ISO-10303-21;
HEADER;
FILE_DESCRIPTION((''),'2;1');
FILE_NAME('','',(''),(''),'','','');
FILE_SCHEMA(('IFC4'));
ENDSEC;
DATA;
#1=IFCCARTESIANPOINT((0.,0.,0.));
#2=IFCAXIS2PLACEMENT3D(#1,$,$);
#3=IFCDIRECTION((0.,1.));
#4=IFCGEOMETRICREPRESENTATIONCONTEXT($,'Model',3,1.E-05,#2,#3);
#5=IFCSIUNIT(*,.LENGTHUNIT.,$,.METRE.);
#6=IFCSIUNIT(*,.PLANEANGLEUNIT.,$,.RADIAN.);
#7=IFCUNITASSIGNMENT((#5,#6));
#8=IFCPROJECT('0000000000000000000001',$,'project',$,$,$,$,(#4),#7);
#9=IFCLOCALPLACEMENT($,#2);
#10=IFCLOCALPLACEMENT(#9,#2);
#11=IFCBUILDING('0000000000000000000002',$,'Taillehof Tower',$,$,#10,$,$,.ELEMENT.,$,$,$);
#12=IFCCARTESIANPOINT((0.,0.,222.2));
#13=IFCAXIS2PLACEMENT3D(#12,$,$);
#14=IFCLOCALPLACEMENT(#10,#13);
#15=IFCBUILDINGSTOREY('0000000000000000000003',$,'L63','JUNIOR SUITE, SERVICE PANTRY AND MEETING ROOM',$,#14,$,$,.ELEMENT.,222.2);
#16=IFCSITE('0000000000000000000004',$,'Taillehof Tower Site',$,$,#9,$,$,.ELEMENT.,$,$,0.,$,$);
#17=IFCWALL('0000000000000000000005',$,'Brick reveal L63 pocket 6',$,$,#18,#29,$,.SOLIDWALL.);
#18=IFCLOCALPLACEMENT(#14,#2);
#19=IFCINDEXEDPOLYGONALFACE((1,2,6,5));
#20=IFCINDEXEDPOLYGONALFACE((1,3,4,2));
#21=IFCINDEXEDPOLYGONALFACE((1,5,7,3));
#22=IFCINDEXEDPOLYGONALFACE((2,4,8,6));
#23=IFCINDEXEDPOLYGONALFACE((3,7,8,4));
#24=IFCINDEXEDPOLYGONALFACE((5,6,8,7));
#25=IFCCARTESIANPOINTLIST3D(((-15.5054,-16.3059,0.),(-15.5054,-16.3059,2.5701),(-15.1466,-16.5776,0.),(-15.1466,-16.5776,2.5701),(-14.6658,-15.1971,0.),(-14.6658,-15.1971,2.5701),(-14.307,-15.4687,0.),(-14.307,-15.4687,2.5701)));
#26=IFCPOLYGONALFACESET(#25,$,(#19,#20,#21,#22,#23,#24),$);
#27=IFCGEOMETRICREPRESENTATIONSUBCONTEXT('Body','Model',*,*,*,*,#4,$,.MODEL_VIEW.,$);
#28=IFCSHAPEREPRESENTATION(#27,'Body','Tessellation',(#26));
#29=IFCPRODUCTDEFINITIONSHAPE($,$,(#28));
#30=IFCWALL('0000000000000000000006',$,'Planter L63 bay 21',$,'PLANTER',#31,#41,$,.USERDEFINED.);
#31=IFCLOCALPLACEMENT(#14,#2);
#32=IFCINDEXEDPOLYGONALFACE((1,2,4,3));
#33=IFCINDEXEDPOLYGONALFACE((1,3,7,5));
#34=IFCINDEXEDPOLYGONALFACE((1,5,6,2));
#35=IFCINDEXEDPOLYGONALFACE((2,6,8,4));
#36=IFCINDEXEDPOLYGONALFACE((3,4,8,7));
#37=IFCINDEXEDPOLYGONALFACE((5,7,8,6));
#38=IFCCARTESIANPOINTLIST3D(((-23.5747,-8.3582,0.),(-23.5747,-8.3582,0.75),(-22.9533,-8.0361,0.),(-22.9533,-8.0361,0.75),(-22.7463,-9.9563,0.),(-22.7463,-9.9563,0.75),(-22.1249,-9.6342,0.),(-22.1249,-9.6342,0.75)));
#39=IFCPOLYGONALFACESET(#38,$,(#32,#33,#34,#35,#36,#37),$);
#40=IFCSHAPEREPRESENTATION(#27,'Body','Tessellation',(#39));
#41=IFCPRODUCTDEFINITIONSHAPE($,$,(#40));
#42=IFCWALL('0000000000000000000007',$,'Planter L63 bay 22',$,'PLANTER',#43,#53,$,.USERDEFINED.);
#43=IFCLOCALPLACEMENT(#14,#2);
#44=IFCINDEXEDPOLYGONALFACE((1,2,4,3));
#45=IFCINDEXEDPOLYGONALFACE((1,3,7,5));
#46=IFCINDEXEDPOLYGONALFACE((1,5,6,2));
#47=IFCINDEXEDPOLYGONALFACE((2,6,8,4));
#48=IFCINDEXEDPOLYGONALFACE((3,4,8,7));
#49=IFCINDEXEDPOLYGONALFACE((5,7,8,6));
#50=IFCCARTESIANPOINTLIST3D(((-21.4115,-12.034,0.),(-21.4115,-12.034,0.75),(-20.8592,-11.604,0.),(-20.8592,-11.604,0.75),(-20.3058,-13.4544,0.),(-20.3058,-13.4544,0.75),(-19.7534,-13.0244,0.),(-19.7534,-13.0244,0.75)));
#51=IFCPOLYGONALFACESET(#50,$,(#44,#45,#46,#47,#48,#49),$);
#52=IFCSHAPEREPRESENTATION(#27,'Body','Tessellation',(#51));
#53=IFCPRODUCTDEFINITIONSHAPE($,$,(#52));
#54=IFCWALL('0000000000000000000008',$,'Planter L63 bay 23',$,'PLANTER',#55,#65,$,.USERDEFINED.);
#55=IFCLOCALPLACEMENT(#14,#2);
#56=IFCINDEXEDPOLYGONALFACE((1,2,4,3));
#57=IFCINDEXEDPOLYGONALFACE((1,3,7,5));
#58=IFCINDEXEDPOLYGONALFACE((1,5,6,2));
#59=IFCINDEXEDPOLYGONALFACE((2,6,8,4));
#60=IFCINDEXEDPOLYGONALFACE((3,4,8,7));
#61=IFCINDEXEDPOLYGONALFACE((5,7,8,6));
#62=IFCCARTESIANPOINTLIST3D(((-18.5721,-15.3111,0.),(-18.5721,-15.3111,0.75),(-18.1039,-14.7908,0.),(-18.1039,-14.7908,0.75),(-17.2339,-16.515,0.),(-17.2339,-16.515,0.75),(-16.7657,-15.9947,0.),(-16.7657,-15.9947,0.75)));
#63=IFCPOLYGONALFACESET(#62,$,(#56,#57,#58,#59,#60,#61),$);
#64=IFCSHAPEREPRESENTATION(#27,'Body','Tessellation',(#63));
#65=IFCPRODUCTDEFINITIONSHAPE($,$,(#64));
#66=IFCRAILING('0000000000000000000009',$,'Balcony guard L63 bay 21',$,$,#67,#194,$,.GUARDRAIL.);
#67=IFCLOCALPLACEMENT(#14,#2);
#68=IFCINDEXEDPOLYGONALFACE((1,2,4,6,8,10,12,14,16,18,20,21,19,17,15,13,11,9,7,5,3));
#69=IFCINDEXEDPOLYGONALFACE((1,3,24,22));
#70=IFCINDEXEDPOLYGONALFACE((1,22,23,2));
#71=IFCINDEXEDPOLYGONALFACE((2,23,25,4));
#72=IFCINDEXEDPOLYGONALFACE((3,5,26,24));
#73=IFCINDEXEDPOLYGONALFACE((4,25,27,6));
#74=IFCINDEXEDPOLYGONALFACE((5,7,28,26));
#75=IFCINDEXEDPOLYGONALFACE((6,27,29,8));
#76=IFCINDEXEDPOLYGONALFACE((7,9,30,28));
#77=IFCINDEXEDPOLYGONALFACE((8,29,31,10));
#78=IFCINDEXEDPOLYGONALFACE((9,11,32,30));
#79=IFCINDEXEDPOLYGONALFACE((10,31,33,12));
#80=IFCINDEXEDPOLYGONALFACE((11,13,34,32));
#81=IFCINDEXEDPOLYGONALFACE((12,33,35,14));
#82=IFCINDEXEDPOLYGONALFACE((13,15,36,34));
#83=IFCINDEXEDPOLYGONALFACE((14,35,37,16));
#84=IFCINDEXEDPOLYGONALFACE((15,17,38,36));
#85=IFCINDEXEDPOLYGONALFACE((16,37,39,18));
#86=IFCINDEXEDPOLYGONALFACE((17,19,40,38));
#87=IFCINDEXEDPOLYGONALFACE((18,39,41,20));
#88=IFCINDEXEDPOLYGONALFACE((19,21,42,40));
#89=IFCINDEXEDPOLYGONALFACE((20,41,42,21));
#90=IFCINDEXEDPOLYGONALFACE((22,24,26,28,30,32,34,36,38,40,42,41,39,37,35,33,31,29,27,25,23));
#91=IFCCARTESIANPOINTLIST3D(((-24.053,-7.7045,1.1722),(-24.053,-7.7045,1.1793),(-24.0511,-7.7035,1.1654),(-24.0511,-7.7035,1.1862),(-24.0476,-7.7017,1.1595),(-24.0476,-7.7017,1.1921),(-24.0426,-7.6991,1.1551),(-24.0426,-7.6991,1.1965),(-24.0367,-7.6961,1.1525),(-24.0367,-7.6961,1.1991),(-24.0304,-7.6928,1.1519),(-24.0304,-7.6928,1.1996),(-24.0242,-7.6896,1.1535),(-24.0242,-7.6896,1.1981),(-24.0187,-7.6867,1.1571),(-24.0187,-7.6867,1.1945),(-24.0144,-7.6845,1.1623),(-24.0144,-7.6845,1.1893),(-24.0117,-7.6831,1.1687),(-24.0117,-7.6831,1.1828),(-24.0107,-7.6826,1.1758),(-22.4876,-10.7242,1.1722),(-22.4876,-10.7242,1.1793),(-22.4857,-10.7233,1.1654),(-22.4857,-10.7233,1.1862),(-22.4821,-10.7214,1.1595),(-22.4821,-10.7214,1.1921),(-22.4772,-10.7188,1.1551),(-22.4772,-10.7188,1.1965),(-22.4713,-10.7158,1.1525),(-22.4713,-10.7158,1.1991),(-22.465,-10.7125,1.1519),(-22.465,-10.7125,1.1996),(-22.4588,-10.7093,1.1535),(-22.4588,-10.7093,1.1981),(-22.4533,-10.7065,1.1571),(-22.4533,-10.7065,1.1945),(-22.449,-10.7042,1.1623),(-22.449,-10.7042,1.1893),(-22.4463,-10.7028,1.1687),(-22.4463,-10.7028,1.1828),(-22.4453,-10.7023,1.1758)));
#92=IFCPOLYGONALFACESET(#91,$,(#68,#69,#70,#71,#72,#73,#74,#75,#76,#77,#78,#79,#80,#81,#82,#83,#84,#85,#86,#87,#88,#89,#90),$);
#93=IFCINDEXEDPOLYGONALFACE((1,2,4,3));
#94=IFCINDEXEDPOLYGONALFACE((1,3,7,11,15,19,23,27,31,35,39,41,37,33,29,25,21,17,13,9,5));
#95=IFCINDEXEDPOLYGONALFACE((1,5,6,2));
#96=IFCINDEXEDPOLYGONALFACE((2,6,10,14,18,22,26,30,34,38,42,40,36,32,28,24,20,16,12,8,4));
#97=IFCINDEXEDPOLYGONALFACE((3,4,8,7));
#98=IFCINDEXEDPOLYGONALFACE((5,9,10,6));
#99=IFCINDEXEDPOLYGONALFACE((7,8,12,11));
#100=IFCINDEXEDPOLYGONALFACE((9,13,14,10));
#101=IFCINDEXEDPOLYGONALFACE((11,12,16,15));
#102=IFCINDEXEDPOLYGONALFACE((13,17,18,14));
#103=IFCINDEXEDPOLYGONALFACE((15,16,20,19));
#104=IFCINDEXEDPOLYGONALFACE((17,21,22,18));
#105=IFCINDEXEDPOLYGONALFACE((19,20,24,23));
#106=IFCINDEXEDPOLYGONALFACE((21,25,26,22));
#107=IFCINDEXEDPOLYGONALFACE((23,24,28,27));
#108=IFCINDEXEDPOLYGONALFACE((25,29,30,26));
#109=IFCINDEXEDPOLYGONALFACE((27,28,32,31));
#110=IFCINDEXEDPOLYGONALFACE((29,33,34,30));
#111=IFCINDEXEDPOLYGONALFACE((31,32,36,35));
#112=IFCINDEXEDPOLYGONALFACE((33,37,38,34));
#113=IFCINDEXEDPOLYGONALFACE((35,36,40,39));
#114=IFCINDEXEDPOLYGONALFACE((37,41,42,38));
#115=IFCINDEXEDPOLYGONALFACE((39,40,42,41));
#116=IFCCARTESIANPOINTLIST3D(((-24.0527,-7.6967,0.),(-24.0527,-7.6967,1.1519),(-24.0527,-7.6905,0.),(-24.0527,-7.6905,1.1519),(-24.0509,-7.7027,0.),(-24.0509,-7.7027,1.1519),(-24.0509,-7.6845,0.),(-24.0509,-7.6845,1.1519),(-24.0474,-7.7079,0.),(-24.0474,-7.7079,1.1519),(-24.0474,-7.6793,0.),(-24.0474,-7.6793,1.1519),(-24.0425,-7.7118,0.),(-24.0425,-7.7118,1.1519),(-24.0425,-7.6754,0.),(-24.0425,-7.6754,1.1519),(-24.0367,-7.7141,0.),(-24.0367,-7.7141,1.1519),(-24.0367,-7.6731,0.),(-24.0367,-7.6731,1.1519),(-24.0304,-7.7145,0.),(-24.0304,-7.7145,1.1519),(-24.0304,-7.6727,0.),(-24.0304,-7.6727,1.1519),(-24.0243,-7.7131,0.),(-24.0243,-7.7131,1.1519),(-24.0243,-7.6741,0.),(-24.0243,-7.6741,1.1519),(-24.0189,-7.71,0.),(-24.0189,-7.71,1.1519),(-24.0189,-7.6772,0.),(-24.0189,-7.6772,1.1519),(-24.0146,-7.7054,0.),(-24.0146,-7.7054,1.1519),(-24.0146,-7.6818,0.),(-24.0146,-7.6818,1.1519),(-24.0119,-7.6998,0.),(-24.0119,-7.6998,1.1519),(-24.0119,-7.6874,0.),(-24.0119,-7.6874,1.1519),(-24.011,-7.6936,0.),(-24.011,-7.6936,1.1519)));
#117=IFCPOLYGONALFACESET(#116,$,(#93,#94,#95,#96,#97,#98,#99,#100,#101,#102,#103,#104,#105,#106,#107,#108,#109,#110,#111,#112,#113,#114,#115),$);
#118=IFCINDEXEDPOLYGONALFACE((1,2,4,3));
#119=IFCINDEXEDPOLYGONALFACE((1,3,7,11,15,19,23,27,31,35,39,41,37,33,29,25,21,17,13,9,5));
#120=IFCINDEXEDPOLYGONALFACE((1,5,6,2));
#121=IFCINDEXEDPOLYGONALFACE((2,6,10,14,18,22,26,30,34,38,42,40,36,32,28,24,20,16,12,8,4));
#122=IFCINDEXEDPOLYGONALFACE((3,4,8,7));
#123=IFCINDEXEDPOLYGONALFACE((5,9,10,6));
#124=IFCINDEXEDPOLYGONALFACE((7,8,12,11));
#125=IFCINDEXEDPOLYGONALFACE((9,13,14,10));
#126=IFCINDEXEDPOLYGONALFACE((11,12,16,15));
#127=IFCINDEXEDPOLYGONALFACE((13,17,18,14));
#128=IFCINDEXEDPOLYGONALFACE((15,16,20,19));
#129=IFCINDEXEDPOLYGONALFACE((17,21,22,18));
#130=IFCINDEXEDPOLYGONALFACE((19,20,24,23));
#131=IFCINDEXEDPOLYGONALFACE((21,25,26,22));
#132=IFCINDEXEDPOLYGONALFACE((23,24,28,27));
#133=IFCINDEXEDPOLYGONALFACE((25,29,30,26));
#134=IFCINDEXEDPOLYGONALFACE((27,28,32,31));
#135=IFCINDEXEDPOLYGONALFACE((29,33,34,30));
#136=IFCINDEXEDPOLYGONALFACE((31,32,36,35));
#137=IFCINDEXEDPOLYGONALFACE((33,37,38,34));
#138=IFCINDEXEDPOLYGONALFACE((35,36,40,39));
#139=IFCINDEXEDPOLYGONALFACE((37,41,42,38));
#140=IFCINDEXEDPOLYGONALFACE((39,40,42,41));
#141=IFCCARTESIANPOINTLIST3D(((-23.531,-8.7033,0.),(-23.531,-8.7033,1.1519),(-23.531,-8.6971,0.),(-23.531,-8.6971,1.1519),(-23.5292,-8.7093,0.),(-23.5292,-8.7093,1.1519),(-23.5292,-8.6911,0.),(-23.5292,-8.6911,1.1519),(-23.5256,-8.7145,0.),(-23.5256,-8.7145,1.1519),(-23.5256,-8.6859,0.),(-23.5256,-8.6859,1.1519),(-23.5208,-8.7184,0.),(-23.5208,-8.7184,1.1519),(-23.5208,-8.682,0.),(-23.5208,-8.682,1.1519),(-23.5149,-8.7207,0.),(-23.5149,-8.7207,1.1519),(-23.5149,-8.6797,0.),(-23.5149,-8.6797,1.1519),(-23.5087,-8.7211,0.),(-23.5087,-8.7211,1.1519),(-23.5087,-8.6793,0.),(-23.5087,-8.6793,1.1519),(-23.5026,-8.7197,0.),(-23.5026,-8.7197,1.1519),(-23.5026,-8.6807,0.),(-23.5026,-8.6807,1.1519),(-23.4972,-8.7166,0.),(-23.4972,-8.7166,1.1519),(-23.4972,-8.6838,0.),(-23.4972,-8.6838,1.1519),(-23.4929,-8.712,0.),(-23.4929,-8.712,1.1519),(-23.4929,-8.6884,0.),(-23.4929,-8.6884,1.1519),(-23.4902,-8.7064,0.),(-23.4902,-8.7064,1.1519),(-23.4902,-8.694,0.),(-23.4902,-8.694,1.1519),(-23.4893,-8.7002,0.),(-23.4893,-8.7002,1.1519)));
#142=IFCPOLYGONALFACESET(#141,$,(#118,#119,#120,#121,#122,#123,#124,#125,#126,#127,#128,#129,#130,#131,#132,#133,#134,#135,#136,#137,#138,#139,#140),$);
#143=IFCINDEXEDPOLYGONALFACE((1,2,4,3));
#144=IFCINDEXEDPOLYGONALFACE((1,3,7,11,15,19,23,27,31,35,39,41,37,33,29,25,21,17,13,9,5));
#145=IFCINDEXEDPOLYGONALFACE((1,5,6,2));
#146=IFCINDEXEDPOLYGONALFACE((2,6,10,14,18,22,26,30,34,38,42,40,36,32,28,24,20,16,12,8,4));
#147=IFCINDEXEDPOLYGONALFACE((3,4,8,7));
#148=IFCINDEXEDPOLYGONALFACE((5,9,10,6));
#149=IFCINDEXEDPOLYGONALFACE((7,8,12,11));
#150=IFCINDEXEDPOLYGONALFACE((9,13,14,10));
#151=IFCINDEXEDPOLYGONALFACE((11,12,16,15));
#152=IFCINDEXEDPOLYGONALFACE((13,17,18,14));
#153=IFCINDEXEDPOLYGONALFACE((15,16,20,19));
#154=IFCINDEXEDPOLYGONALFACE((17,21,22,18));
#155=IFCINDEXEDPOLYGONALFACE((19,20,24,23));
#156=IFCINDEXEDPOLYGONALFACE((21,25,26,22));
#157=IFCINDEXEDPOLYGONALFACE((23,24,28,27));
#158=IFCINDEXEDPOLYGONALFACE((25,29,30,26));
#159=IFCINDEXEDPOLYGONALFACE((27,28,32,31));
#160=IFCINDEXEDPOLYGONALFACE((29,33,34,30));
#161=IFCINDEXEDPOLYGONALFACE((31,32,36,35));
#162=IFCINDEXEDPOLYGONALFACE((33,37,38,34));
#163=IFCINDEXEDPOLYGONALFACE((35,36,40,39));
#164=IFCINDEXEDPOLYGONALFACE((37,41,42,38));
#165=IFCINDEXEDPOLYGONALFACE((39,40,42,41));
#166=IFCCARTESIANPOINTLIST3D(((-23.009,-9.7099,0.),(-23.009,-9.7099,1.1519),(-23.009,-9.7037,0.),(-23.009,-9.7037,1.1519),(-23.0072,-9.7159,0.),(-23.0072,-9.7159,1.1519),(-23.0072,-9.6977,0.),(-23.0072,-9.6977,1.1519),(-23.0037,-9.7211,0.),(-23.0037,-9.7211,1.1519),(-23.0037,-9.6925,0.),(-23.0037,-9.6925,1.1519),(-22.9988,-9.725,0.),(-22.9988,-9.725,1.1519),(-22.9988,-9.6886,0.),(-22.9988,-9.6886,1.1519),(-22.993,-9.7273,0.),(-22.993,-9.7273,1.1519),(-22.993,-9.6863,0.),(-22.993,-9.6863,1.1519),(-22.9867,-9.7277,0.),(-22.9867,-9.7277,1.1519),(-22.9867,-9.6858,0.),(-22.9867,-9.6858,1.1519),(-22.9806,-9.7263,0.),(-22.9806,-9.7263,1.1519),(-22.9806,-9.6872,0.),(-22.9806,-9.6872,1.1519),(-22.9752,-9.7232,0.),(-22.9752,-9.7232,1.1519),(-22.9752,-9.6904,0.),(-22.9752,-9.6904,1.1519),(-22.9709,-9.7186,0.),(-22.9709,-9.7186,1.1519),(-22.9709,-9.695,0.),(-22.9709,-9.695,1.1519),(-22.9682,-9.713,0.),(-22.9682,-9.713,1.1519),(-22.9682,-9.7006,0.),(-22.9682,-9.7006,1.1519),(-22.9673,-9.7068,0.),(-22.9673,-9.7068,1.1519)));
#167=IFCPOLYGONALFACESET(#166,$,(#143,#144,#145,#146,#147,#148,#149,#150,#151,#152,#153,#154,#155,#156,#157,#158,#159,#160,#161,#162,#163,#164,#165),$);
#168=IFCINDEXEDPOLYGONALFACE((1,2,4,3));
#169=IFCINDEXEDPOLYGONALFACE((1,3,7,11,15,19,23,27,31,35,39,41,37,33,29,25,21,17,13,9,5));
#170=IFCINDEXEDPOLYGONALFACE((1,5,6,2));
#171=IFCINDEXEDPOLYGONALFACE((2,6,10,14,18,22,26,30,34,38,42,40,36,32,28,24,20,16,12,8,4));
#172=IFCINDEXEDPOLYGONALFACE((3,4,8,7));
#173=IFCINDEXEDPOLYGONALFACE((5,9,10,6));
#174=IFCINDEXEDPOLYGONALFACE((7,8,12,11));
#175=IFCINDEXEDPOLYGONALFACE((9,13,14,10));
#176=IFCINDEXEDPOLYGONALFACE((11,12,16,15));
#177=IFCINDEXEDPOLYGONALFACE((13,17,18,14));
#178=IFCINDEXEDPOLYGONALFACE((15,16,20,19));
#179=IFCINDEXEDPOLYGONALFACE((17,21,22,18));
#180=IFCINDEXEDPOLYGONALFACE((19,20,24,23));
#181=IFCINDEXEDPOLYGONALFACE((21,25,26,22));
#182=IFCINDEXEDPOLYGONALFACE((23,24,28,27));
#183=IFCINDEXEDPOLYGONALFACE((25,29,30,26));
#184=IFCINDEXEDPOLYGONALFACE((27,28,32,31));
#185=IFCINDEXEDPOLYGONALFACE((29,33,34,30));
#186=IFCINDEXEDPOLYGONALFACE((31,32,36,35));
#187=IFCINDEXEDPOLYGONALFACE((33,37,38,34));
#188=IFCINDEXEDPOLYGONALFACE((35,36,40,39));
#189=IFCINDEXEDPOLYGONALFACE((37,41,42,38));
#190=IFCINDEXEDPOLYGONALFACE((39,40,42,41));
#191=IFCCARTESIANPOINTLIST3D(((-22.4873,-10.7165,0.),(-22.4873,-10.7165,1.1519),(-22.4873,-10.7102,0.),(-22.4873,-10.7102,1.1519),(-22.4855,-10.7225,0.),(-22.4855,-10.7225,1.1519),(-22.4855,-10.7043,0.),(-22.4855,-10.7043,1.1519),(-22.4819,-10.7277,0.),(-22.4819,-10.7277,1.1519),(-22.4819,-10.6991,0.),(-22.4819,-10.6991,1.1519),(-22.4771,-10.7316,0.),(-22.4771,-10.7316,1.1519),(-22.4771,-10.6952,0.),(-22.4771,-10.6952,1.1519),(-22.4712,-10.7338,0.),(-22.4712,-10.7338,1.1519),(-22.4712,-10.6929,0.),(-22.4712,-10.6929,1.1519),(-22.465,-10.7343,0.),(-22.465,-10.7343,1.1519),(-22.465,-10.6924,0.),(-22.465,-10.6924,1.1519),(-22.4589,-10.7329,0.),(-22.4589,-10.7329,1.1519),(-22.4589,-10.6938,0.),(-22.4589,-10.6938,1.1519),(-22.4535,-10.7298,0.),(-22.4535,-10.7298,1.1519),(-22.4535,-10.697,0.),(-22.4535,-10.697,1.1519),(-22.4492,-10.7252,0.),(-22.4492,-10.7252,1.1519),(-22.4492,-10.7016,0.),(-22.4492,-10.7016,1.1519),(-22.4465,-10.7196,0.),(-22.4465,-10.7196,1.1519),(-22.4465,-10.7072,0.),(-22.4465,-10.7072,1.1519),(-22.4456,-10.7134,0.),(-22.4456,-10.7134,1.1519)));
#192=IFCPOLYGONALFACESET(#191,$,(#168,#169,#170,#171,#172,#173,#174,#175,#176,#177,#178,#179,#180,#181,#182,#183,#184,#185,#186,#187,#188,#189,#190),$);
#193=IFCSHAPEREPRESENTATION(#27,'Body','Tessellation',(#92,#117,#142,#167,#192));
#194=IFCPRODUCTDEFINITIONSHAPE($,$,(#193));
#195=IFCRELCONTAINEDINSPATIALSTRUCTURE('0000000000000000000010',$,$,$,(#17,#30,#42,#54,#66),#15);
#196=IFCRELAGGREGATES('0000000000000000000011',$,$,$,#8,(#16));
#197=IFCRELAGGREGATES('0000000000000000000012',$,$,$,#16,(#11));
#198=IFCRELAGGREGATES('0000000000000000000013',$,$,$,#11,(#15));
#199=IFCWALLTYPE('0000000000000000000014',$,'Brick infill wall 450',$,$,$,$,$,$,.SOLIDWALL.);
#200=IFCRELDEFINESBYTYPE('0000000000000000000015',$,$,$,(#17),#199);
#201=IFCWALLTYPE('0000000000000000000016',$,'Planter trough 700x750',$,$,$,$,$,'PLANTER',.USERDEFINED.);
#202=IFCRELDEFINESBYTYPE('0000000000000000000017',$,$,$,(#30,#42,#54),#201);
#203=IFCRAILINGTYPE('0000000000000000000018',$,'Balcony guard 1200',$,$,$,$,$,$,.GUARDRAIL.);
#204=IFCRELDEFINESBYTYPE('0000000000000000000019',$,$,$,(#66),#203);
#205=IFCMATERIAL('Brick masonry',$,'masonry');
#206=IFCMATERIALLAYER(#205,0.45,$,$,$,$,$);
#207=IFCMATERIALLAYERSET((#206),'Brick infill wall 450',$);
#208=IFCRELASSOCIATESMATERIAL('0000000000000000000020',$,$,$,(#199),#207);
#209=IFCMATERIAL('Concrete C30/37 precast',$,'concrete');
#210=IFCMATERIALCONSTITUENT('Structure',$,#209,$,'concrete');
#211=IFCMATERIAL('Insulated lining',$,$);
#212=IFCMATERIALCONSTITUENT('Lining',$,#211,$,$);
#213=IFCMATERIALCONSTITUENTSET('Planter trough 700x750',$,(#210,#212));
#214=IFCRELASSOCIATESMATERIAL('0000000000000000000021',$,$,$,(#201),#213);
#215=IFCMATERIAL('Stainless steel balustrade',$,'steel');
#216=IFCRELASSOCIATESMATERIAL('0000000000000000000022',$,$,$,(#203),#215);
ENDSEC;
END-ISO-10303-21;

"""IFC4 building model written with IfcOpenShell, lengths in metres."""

from ifc_helpers import new_model, si_unit, direction, frame, frame_2d, origin, origin_2d, place, context, subcontext, project, spatial, rectangle, circle, extrude, material, layer, layer_set, constituent, constituent_set, type_object, element, save


model = new_model("IFC4")

# Units and contexts
model_context = context("Model", 3, precision=1e-05, world=origin(), true_north=direction((0.0, 1.0)))
body_context = subcontext(model_context, "Body", "Model", "MODEL_VIEW")
ifc_project = project(units=[si_unit("LENGTHUNIT", "METRE"), si_unit("PLANEANGLEUNIT", "RADIAN")], contexts=[model_context])

# Site, building, storey
site_placement = place(None, origin())
site = spatial("IfcSite", under=ifc_project, at=site_placement, Name="Taillehof Tower Site", CompositionType="ELEMENT", RefElevation=0.0)
building_placement = place(site_placement, origin())
building = spatial("IfcBuilding", under=site, at=building_placement, Name="Taillehof Tower", CompositionType="ELEMENT")
storey_placement = place(building_placement, frame((0.0, 0.0, 222.2)))
storey = spatial("IfcBuildingStorey", under=building, at=storey_placement, Name="L63", Description="JUNIOR SUITE, SERVICE PANTRY AND MEETING ROOM", CompositionType="ELEMENT", Elevation=222.2)

# Shared definitions
ifc_material_1 = material(Name="Brick masonry", Category="masonry")
ifc_layer = layer(ifc_material_1, 0.45)
ifc_layer_set = layer_set([ifc_layer], Name="Brick infill wall 450")
wall_type_1 = type_object("IfcWallType", Name="Brick infill wall 450", PredefinedType="SOLIDWALL", material=ifc_layer_set)

# Wall
wall_1_placement = place(storey_placement, frame((-15.3259, -16.4417, 0.0), z_axis=(0.0, 0.0, 1.0), x_axis=(0.603645, 0.797253, 0.0)))
element("IfcWall", 1, at=wall_1_placement, inside=storey, type_object=wall_type_1, Name="Brick reveal L63 pocket 6", PredefinedType="SOLIDWALL", context=body_context, shape_type="SweptSolid", body=[
    extrude(rectangle(XDim=1.3909, YDim=0.45, at=frame_2d((0.6953, 0.0))), origin(), (0.0, 0.0, 1.0), 2.5701),
])

# Walls
ifc_material_2 = material(Name="Concrete C30/37 precast", Category="concrete")
ifc_constituent_1 = constituent(ifc_material_2, Name="Structure", Category="concrete")
ifc_material_3 = material(Name="Insulated lining")
ifc_constituent_2 = constituent(ifc_material_3, Name="Lining")
ifc_constituent_set = constituent_set(constituents=[ifc_constituent_1, ifc_constituent_2], Name="Planter trough 700x750")
wall_type_2 = type_object("IfcWallType", Name="Planter trough 700x750", ElementType="PLANTER", PredefinedType="USERDEFINED", material=ifc_constituent_set)
for number, where, z_axis, x_axis, name in (
    (2, (-23.2639, -8.1973, 0.0), (0.0, 0.0, 1.0), (0.460187, -0.887822, 0.0), "Planter L63 bay 21"),
    (3, (-21.1353, -11.8191, 0.0), (0.0, 0.0, 1.0), (0.614269, -0.789097, 0.0), "Planter L63 bay 22"),
    (4, (-18.3379, -15.051, 0.0), (0.0, 0.0, 1.0), (0.743422, -0.668822, 0.0), "Planter L63 bay 23"),
):
    element("IfcWall", number, at=place(storey_placement, frame(where, z_axis=z_axis, x_axis=x_axis)), inside=storey, type_object=wall_type_2, Name=name, ObjectType="PLANTER", PredefinedType="USERDEFINED", context=body_context, shape_type="SweptSolid", body=[
        extrude(rectangle(XDim=1.8, YDim=0.7, at=frame_2d((0.8999, 0.0))), origin(), (0.0, 0.0, 1.0), 0.75),
    ])

# Railing
ifc_material_4 = material(Name="Stainless steel balustrade", Category="steel")
railing_type = type_object("IfcRailingType", Name="Balcony guard 1200", PredefinedType="GUARDRAIL", material=ifc_material_4)
railing_1_placement = place(storey_placement, frame((-24.032, -7.6936, 0.0)))
element("IfcRailing", 5, at=railing_1_placement, inside=storey, type_object=railing_type, Name="Balcony guard L63 bay 21", PredefinedType="GUARDRAIL", context=body_context, shape_type="SweptSolid", body=[
    extrude(circle(Radius=0.0239, at=origin_2d()), frame((0.0, 0.0, 1.1758), z_axis=(0.460229, -0.8878, 0.0), x_axis=(0.8878, 0.460229, 0.0)), (0.0, 0.0, 1.0), 3.4014),
    extrude(circle(Radius=0.021, at=origin_2d()), origin(), (0.0, 0.0, 1.0), 1.1519),
    extrude(circle(Radius=0.021, at=origin_2d()), frame((0.5217, -1.0066, 0.0)), (0.0, 0.0, 1.0), 1.1519),
    extrude(circle(Radius=0.021, at=origin_2d()), frame((1.0437, -2.0132, 0.0)), (0.0, 0.0, 1.0), 1.1519),
    extrude(circle(Radius=0.021, at=origin_2d()), frame((1.5654, -3.0198, 0.0)), (0.0, 0.0, 1.0), 1.1519),
])

save(model, "model.ifc")
